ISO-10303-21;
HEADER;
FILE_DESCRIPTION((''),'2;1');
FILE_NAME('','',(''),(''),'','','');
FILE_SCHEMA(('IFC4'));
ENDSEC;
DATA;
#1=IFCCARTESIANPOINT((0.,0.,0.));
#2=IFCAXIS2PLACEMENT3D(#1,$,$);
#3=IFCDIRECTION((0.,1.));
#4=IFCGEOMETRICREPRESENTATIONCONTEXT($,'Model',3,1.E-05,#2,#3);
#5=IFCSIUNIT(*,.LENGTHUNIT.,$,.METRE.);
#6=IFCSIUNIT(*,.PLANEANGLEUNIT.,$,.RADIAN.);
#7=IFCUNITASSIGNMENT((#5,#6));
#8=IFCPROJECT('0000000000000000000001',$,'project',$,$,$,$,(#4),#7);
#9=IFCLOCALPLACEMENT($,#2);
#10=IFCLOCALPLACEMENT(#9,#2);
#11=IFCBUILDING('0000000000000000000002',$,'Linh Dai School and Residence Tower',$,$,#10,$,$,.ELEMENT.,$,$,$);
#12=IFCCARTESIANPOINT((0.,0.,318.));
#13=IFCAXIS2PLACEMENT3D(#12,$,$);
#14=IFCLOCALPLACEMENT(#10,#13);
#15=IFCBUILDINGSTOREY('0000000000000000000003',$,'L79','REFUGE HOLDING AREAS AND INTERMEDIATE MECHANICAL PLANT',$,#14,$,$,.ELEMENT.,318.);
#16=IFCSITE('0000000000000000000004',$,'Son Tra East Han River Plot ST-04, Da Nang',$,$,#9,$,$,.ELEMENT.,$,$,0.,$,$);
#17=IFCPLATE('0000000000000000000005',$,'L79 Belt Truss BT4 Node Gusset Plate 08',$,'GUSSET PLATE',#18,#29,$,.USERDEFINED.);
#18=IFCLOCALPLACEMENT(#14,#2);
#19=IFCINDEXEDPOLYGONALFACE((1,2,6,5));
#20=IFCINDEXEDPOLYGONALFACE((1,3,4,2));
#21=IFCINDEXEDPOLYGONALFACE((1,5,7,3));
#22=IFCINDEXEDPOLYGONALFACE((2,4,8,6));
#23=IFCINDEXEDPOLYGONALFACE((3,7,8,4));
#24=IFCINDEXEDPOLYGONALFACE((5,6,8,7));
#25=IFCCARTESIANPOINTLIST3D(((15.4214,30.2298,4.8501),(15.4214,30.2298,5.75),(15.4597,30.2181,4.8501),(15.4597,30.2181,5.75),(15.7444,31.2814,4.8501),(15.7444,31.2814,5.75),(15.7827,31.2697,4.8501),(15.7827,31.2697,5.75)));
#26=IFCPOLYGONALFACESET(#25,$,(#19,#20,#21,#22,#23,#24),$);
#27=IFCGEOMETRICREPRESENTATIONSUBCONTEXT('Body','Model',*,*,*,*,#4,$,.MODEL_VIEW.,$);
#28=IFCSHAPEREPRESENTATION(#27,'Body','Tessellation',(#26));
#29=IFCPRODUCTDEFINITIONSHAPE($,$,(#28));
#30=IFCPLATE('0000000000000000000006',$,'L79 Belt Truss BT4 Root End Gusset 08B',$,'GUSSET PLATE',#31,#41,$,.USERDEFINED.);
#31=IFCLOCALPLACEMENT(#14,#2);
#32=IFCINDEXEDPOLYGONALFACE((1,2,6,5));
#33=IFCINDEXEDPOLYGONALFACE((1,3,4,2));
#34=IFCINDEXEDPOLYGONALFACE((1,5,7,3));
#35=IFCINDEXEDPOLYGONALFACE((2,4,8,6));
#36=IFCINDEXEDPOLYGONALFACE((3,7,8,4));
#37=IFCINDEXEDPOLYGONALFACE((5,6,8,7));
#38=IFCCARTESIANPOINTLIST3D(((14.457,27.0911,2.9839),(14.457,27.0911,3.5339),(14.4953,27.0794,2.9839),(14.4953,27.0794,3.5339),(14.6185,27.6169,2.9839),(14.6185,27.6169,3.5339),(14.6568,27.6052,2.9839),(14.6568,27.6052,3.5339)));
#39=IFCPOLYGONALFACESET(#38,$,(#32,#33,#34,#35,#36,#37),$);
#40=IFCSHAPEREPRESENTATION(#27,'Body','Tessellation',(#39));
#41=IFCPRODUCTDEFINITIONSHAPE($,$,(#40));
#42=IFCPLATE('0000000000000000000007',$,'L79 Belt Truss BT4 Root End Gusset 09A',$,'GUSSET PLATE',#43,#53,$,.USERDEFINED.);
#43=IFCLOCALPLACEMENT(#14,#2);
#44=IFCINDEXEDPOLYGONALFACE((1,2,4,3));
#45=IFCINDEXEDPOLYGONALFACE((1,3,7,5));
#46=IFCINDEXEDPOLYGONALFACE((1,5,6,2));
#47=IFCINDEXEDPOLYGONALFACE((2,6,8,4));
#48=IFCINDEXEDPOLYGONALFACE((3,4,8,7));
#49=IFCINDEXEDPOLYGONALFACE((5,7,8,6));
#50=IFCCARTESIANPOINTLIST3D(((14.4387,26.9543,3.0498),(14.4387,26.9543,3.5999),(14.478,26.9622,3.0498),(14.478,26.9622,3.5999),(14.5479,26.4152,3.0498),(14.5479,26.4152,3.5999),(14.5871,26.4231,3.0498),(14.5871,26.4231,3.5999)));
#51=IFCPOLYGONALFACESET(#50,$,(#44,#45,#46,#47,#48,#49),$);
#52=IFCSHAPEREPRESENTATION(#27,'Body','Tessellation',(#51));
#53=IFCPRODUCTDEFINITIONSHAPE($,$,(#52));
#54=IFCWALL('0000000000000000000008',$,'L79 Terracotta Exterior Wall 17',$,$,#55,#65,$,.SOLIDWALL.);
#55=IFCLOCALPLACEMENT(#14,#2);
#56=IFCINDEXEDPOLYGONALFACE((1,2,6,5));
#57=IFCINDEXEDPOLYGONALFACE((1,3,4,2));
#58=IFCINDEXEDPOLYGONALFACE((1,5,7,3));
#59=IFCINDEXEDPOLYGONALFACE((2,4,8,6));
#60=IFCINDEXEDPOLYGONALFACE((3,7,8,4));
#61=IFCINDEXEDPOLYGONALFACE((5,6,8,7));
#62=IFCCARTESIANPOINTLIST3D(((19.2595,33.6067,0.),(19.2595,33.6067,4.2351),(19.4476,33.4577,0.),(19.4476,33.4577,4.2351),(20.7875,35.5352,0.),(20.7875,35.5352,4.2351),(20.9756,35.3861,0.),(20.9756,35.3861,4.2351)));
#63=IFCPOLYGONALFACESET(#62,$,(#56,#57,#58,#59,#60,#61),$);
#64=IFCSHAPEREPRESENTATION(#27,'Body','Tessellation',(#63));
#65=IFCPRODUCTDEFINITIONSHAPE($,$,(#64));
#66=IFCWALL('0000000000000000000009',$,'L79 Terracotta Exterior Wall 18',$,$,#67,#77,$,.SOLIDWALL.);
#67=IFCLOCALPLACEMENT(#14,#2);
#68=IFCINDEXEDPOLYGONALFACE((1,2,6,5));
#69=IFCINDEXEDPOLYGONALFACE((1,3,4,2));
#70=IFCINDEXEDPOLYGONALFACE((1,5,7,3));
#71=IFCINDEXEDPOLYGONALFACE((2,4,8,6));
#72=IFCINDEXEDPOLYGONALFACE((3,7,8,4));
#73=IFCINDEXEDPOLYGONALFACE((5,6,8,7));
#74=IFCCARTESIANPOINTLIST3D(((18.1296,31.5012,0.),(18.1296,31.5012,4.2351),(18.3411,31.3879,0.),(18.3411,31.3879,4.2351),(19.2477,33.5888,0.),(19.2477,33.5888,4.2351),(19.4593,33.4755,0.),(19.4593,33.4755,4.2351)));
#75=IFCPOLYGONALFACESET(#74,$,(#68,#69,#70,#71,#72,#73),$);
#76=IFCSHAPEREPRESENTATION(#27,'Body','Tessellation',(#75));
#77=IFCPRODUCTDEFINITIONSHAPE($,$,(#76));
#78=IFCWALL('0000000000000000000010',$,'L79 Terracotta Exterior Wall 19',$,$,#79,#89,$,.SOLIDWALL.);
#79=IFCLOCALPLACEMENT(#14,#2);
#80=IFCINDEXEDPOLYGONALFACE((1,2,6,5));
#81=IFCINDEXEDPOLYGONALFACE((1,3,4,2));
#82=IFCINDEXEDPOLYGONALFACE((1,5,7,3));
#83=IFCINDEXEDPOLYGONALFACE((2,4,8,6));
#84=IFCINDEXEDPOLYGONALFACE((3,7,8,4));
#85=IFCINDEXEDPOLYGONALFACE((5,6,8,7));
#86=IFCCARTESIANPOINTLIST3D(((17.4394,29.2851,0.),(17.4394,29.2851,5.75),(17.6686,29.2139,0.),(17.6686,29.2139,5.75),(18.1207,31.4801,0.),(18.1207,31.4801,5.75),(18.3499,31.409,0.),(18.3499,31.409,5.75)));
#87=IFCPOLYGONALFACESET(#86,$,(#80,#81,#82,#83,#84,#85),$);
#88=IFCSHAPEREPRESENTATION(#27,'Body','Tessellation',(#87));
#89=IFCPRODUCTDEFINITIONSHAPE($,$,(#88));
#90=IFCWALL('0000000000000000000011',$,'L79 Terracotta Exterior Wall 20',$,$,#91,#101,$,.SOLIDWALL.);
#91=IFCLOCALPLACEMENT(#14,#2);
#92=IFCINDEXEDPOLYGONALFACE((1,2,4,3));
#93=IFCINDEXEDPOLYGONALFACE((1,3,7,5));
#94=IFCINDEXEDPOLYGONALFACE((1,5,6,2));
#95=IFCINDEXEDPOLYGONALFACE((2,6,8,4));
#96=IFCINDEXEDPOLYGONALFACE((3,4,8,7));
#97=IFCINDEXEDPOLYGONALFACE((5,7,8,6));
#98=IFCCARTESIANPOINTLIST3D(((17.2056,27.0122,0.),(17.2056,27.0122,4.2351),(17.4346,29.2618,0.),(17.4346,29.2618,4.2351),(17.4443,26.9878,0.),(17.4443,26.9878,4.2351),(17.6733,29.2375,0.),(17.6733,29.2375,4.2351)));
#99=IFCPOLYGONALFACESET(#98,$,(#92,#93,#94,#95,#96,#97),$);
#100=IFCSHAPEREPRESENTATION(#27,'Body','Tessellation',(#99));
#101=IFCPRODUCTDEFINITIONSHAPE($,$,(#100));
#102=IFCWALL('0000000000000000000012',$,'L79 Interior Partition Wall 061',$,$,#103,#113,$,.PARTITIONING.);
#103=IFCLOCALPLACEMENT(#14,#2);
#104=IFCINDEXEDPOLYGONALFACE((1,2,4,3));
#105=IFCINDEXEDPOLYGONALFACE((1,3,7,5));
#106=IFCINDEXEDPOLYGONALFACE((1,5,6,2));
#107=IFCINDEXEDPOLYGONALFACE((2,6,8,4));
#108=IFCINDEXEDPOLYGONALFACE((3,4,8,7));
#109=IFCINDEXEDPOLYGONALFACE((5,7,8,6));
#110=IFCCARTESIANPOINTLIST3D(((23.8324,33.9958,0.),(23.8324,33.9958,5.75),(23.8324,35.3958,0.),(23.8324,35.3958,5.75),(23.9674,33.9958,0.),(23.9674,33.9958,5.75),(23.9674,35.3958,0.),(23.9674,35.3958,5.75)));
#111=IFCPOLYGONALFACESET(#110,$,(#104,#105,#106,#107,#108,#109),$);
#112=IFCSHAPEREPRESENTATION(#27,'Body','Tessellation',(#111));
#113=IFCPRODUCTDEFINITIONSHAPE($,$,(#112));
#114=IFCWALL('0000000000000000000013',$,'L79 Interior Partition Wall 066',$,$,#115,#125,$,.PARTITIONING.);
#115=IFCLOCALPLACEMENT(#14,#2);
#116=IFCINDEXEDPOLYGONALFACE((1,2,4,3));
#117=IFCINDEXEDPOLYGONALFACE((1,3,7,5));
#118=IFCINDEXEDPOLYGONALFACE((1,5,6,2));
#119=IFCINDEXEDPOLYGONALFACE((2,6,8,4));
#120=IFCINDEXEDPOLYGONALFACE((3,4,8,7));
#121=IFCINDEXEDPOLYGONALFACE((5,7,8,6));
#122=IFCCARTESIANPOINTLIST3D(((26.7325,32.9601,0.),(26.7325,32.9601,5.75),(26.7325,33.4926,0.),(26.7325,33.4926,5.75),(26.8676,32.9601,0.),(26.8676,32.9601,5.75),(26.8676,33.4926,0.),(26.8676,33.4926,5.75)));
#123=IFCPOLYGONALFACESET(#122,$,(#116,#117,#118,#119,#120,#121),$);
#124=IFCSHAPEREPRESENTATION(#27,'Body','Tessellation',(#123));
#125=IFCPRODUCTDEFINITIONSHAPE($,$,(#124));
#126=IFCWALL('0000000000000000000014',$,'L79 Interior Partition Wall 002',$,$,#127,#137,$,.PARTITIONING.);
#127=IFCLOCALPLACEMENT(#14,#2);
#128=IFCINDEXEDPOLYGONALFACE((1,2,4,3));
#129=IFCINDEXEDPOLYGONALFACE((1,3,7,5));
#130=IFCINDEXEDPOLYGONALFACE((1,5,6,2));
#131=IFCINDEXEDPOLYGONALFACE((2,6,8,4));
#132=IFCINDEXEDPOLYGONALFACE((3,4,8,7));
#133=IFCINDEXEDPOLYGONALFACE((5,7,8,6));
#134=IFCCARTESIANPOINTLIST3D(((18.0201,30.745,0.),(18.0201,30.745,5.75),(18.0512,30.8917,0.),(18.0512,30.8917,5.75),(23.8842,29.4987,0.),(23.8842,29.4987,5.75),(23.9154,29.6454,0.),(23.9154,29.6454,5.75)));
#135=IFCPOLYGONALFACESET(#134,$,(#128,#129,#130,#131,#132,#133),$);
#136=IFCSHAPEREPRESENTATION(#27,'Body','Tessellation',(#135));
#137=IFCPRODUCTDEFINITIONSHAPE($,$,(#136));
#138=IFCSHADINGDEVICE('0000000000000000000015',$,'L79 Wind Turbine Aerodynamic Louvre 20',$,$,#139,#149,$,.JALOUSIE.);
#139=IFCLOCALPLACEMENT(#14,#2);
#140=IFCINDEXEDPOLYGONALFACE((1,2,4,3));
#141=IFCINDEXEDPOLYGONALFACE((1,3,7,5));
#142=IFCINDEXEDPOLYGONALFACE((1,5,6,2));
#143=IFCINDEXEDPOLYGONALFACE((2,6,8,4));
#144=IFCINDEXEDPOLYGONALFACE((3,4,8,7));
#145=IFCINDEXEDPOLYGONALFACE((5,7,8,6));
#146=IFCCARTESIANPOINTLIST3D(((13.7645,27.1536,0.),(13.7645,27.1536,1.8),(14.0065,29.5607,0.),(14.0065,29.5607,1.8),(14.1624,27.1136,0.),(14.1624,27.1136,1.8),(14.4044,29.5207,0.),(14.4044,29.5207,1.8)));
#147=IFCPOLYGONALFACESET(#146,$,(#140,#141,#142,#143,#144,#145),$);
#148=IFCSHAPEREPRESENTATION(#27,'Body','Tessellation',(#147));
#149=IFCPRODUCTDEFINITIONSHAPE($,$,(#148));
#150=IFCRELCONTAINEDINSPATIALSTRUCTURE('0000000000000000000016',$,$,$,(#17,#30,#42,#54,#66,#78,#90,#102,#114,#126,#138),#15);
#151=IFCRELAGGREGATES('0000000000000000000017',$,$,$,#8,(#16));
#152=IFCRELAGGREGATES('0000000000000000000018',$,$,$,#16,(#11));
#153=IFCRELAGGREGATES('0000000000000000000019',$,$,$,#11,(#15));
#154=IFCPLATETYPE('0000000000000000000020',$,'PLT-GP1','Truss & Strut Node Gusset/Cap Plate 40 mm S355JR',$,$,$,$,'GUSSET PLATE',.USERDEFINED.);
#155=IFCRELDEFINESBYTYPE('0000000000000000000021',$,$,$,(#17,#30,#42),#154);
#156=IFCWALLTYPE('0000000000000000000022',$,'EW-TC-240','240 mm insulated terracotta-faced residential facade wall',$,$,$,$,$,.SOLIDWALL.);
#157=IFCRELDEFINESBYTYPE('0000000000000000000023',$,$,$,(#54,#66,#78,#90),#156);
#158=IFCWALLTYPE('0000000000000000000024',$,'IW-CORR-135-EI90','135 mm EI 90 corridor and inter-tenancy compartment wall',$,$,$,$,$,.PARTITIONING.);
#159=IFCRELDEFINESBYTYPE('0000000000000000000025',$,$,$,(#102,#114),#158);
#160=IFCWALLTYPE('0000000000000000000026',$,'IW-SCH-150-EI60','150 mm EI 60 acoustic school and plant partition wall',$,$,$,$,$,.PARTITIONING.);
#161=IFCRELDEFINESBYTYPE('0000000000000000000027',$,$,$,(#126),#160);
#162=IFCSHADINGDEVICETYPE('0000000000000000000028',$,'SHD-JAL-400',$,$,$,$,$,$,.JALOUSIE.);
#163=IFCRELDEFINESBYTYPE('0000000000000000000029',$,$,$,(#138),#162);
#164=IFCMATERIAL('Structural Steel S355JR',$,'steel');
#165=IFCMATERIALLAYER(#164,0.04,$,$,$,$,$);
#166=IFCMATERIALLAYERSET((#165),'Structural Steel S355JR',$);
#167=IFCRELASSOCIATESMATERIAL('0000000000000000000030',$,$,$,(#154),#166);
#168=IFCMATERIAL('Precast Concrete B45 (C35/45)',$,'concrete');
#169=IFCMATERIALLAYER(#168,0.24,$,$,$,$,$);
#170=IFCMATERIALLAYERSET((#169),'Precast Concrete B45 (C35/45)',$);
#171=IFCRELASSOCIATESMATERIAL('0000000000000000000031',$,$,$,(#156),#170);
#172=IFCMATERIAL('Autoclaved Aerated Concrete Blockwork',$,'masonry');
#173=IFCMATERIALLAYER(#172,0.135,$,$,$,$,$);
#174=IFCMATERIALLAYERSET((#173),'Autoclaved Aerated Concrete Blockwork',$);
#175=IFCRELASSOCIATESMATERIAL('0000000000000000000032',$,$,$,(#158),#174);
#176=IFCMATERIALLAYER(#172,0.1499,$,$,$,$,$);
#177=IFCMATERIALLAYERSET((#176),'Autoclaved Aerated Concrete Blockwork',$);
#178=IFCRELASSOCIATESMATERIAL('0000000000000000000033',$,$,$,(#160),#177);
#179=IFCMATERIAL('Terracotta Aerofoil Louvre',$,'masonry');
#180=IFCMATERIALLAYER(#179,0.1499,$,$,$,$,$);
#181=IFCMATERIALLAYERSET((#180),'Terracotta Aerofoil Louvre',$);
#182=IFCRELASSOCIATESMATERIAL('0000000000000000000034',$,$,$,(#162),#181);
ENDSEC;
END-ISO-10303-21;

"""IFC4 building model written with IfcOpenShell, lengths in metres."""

from ifc_helpers import new_model, si_unit, direction, frame, frame_2d, origin, origin_2d, place, context, subcontext, project, spatial, rectangle, extrude, source, transform, mapped, material, layer, layer_set, type_object, element, save


model = new_model("IFC4")

# Units and contexts
model_context = context("Model", 3, precision=1e-05, world=origin(), true_north=direction((0.0, 1.0)))
body_context = subcontext(model_context, "Body", "Model", "MODEL_VIEW")
ifc_project = project(units=[si_unit("LENGTHUNIT", "METRE"), si_unit("PLANEANGLEUNIT", "RADIAN")], contexts=[model_context])

# Site, building, storey
site_placement = place(None, origin())
site = spatial("IfcSite", under=ifc_project, at=site_placement, Name="Son Tra East Han River Plot ST-04, Da Nang", CompositionType="ELEMENT", RefElevation=0.0)
building_placement = place(site_placement, origin())
building = spatial("IfcBuilding", under=site, at=building_placement, Name="Linh Dai School and Residence Tower", CompositionType="ELEMENT")
storey_placement = place(building_placement, frame((0.0, 0.0, 318.0)))
storey = spatial("IfcBuildingStorey", under=building, at=storey_placement, Name="L79", Description="REFUGE HOLDING AREAS AND INTERMEDIATE MECHANICAL PLANT", CompositionType="ELEMENT", Elevation=318.0)

# Shared definitions
ifc_material_1 = material(Name="Structural Steel S355JR", Category="steel")

# Plates
ifc_layer_1 = layer(ifc_material_1, 0.04)
ifc_layer_set_1 = layer_set([ifc_layer_1], Name="Structural Steel S355JR")
plate_type = type_object("IfcPlateType", Name="PLT-GP1", Description="Truss & Strut Node Gusset/Cap Plate 40 mm S355JR", ElementType="GUSSET PLATE", PredefinedType="USERDEFINED", material=ifc_layer_set_1)
shared_shape_1 = source(origin(), body_context, "Body", "SweptSolid", [
    extrude(rectangle(XDim=1.1001, YDim=0.04, at=origin_2d()), origin(), (0.0, 0.0, 1.0), 0.8999),
])
plate_1_placement = place(storey_placement, frame((15.6021, 30.7498, 4.8501), z_axis=(0.0, 0.0, 1.0), x_axis=(-0.293666, -0.955908, 0.0)))
element("IfcPlate", 1, at=plate_1_placement, inside=storey, type_object=plate_type, Name="L79 Belt Truss BT4 Node Gusset Plate 08", ObjectType="GUSSET PLATE", PredefinedType="USERDEFINED", context=body_context, shape_type="MappedRepresentation", body=[
    mapped(shared_shape_1, transform((0.0, 0.0, 0.0), x_axis=(1.0, 0.0, 0.0), y_axis=(0.0, 1.0, 0.0), z_axis=(0.0, 0.0, 1.0), scale=1.0)),
])
shared_shape_2 = source(origin(), body_context, "Body", "SweptSolid", [
    extrude(rectangle(XDim=0.55, YDim=0.04, at=origin_2d()), origin(), (0.0, 0.0, 1.0), 0.55),
])
for number, where, z_axis, x_axis, name in (
    (2, (14.5569, 27.3481, 2.9839), (0.0, 0.0, 1.0), (-0.293666, -0.955908, 0.0), "L79 Belt Truss BT4 Root End Gusset 08B"),
    (3, (14.5129, 26.6887, 3.0498), (0.0, 0.0, 1.0), (0.198437, -0.980114, 0.0), "L79 Belt Truss BT4 Root End Gusset 09A"),
):
    element("IfcPlate", number, at=place(storey_placement, frame(where, z_axis=z_axis, x_axis=x_axis)), inside=storey, type_object=plate_type, Name=name, ObjectType="GUSSET PLATE", PredefinedType="USERDEFINED", context=body_context, shape_type="MappedRepresentation", body=[
        mapped(shared_shape_2, transform((0.0, 0.0, 0.0), x_axis=(1.0, 0.0, 0.0), y_axis=(0.0, 1.0, 0.0), z_axis=(0.0, 0.0, 1.0), scale=1.0)),
    ])

# Walls
ifc_material_2 = material(Name="Precast Concrete B45 (C35/45)", Category="concrete")
ifc_layer_2 = layer(ifc_material_2, 0.24)
ifc_layer_set_2 = layer_set([ifc_layer_2], Name="Precast Concrete B45 (C35/45)")
wall_type_1 = type_object("IfcWallType", Name="EW-TC-240", Description="240 mm insulated terracotta-faced residential facade wall", PredefinedType="SOLIDWALL", material=ifc_layer_set_2)
wall_1_placement = place(storey_placement, frame((19.3535, 33.5322, 0.0), z_axis=(0.0, 0.0, 1.0), x_axis=(0.621046, 0.783774, 0.0)))
element("IfcWall", 4, at=wall_1_placement, inside=storey, type_object=wall_type_1, Name="L79 Terracotta Exterior Wall 17", PredefinedType="SOLIDWALL", context=body_context, shape_type="SweptSolid", body=[
    extrude(rectangle(XDim=2.4604, YDim=0.24, at=frame_2d((1.2302, 0.0))), origin(), (0.0, 0.0, 1.0), 4.2351),
])
wall_2_placement = place(storey_placement, frame((18.2354, 31.4446, 0.0), z_axis=(0.0, 0.0, 1.0), x_axis=(0.47215, 0.881518, 0.0)))
element("IfcWall", 5, at=wall_2_placement, inside=storey, type_object=wall_type_1, Name="L79 Terracotta Exterior Wall 18", PredefinedType="SOLIDWALL", context=body_context, shape_type="SweptSolid", body=[
    extrude(rectangle(XDim=2.3682, YDim=0.24, at=frame_2d((1.1841, 0.0))), origin(), (0.0, 0.0, 1.0), 4.2351),
])
wall_3_placement = place(storey_placement, frame((17.554, 29.2495, 0.0), z_axis=(0.0, 0.0, 1.0), x_axis=(0.296466, 0.955043, 0.0)))
element("IfcWall", 6, at=wall_3_placement, inside=storey, type_object=wall_type_1, Name="L79 Terracotta Exterior Wall 19", PredefinedType="SOLIDWALL", context=body_context, shape_type="SweptSolid", body=[
    extrude(rectangle(XDim=2.2983, YDim=0.24, at=frame_2d((1.1492, 0.0))), origin(), (0.0, 0.0, 1.0), 5.75),
])
wall_4_placement = place(storey_placement, frame((17.325, 27.0, 0.0), z_axis=(0.0, 0.0, 1.0), x_axis=(0.101278, 0.994858, 0.0)))
element("IfcWall", 7, at=wall_4_placement, inside=storey, type_object=wall_type_1, Name="L79 Terracotta Exterior Wall 20", PredefinedType="SOLIDWALL", context=body_context, shape_type="SweptSolid", body=[
    extrude(rectangle(XDim=2.2612, YDim=0.24, at=frame_2d((1.1306, 0.0))), origin(), (0.0, 0.0, 1.0), 4.2351),
])
ifc_material_3 = material(Name="Autoclaved Aerated Concrete Blockwork", Category="masonry")
ifc_layer_3 = layer(ifc_material_3, 0.135)
ifc_layer_set_3 = layer_set([ifc_layer_3], Name="Autoclaved Aerated Concrete Blockwork")
wall_type_2 = type_object("IfcWallType", Name="IW-CORR-135-EI90", Description="135 mm EI 90 corridor and inter-tenancy compartment wall", PredefinedType="PARTITIONING", material=ifc_layer_set_3)
wall_5_placement = place(storey_placement, frame((23.8999, 33.9958, 0.0), z_axis=(0.0, 0.0, 1.0), x_axis=(0.0, 1.0, 0.0)))
element("IfcWall", 8, at=wall_5_placement, inside=storey, type_object=wall_type_2, Name="L79 Interior Partition Wall 061", PredefinedType="PARTITIONING", context=body_context, shape_type="SweptSolid", body=[
    extrude(rectangle(XDim=1.3999, YDim=0.135, at=frame_2d((0.7, 0.0))), origin(), (0.0, 0.0, 1.0), 5.75),
])
wall_6_placement = place(storey_placement, frame((26.8, 33.4924, 0.0), z_axis=(0.0, 0.0, 1.0), x_axis=(0.0, -1.0, 0.0)))
element("IfcWall", 9, at=wall_6_placement, inside=storey, type_object=wall_type_2, Name="L79 Interior Partition Wall 066", PredefinedType="PARTITIONING", context=body_context, shape_type="SweptSolid", body=[
    extrude(rectangle(XDim=0.5325, YDim=0.135, at=frame_2d((0.2661, 0.0))), origin(), (0.0, 0.0, 1.0), 5.75),
])
ifc_layer_4 = layer(ifc_material_3, 0.1499)
ifc_layer_set_4 = layer_set([ifc_layer_4], Name="Autoclaved Aerated Concrete Blockwork")
wall_type_3 = type_object("IfcWallType", Name="IW-SCH-150-EI60", Description="150 mm EI 60 acoustic school and plant partition wall", PredefinedType="PARTITIONING", material=ifc_layer_set_4)
wall_7_placement = place(storey_placement, frame((18.0356, 30.8184, 0.0), z_axis=(0.0, 0.0, 1.0), x_axis=(0.978153, -0.207888, 0.0)))
element("IfcWall", 10, at=wall_7_placement, inside=storey, type_object=wall_type_3, Name="L79 Interior Partition Wall 002", PredefinedType="PARTITIONING", context=body_context, shape_type="SweptSolid", body=[
    extrude(rectangle(XDim=5.9951, YDim=0.1499, at=frame_2d((2.9976, 0.0))), origin(), (0.0, 0.0, 1.0), 5.75),
])

# Shading device
ifc_material_4 = material(Name="Terracotta Aerofoil Louvre", Category="masonry")
ifc_layer_5 = layer(ifc_material_4, 0.1499)
ifc_layer_set_5 = layer_set([ifc_layer_5], Name="Terracotta Aerofoil Louvre")
shading_device_type = type_object("IfcShadingDeviceType", Name="SHD-JAL-400", PredefinedType="JALOUSIE", material=ifc_layer_set_5)
shared_shape_3 = source(origin(), body_context, "Body", "SweptSolid", [
    extrude(rectangle(XDim=2.4192, YDim=0.3999, at=origin_2d()), origin(), (0.0, 0.0, 1.0), 1.8),
])
shading_device_placement = place(storey_placement, frame((14.0845, 28.3372, 0.0), z_axis=(0.0, 0.0, 1.0), x_axis=(0.100015, 0.994986, 0.0)))
element("IfcShadingDevice", 11, at=shading_device_placement, inside=storey, type_object=shading_device_type, Name="L79 Wind Turbine Aerodynamic Louvre 20", PredefinedType="JALOUSIE", context=body_context, shape_type="MappedRepresentation", body=[
    mapped(shared_shape_3, transform((0.0, 0.0, 0.0), x_axis=(1.0, 0.0, 0.0), y_axis=(0.0, 1.0, 0.0), z_axis=(0.0, 0.0, 1.0), scale=1.0)),
])

save(model, "model.ifc")
